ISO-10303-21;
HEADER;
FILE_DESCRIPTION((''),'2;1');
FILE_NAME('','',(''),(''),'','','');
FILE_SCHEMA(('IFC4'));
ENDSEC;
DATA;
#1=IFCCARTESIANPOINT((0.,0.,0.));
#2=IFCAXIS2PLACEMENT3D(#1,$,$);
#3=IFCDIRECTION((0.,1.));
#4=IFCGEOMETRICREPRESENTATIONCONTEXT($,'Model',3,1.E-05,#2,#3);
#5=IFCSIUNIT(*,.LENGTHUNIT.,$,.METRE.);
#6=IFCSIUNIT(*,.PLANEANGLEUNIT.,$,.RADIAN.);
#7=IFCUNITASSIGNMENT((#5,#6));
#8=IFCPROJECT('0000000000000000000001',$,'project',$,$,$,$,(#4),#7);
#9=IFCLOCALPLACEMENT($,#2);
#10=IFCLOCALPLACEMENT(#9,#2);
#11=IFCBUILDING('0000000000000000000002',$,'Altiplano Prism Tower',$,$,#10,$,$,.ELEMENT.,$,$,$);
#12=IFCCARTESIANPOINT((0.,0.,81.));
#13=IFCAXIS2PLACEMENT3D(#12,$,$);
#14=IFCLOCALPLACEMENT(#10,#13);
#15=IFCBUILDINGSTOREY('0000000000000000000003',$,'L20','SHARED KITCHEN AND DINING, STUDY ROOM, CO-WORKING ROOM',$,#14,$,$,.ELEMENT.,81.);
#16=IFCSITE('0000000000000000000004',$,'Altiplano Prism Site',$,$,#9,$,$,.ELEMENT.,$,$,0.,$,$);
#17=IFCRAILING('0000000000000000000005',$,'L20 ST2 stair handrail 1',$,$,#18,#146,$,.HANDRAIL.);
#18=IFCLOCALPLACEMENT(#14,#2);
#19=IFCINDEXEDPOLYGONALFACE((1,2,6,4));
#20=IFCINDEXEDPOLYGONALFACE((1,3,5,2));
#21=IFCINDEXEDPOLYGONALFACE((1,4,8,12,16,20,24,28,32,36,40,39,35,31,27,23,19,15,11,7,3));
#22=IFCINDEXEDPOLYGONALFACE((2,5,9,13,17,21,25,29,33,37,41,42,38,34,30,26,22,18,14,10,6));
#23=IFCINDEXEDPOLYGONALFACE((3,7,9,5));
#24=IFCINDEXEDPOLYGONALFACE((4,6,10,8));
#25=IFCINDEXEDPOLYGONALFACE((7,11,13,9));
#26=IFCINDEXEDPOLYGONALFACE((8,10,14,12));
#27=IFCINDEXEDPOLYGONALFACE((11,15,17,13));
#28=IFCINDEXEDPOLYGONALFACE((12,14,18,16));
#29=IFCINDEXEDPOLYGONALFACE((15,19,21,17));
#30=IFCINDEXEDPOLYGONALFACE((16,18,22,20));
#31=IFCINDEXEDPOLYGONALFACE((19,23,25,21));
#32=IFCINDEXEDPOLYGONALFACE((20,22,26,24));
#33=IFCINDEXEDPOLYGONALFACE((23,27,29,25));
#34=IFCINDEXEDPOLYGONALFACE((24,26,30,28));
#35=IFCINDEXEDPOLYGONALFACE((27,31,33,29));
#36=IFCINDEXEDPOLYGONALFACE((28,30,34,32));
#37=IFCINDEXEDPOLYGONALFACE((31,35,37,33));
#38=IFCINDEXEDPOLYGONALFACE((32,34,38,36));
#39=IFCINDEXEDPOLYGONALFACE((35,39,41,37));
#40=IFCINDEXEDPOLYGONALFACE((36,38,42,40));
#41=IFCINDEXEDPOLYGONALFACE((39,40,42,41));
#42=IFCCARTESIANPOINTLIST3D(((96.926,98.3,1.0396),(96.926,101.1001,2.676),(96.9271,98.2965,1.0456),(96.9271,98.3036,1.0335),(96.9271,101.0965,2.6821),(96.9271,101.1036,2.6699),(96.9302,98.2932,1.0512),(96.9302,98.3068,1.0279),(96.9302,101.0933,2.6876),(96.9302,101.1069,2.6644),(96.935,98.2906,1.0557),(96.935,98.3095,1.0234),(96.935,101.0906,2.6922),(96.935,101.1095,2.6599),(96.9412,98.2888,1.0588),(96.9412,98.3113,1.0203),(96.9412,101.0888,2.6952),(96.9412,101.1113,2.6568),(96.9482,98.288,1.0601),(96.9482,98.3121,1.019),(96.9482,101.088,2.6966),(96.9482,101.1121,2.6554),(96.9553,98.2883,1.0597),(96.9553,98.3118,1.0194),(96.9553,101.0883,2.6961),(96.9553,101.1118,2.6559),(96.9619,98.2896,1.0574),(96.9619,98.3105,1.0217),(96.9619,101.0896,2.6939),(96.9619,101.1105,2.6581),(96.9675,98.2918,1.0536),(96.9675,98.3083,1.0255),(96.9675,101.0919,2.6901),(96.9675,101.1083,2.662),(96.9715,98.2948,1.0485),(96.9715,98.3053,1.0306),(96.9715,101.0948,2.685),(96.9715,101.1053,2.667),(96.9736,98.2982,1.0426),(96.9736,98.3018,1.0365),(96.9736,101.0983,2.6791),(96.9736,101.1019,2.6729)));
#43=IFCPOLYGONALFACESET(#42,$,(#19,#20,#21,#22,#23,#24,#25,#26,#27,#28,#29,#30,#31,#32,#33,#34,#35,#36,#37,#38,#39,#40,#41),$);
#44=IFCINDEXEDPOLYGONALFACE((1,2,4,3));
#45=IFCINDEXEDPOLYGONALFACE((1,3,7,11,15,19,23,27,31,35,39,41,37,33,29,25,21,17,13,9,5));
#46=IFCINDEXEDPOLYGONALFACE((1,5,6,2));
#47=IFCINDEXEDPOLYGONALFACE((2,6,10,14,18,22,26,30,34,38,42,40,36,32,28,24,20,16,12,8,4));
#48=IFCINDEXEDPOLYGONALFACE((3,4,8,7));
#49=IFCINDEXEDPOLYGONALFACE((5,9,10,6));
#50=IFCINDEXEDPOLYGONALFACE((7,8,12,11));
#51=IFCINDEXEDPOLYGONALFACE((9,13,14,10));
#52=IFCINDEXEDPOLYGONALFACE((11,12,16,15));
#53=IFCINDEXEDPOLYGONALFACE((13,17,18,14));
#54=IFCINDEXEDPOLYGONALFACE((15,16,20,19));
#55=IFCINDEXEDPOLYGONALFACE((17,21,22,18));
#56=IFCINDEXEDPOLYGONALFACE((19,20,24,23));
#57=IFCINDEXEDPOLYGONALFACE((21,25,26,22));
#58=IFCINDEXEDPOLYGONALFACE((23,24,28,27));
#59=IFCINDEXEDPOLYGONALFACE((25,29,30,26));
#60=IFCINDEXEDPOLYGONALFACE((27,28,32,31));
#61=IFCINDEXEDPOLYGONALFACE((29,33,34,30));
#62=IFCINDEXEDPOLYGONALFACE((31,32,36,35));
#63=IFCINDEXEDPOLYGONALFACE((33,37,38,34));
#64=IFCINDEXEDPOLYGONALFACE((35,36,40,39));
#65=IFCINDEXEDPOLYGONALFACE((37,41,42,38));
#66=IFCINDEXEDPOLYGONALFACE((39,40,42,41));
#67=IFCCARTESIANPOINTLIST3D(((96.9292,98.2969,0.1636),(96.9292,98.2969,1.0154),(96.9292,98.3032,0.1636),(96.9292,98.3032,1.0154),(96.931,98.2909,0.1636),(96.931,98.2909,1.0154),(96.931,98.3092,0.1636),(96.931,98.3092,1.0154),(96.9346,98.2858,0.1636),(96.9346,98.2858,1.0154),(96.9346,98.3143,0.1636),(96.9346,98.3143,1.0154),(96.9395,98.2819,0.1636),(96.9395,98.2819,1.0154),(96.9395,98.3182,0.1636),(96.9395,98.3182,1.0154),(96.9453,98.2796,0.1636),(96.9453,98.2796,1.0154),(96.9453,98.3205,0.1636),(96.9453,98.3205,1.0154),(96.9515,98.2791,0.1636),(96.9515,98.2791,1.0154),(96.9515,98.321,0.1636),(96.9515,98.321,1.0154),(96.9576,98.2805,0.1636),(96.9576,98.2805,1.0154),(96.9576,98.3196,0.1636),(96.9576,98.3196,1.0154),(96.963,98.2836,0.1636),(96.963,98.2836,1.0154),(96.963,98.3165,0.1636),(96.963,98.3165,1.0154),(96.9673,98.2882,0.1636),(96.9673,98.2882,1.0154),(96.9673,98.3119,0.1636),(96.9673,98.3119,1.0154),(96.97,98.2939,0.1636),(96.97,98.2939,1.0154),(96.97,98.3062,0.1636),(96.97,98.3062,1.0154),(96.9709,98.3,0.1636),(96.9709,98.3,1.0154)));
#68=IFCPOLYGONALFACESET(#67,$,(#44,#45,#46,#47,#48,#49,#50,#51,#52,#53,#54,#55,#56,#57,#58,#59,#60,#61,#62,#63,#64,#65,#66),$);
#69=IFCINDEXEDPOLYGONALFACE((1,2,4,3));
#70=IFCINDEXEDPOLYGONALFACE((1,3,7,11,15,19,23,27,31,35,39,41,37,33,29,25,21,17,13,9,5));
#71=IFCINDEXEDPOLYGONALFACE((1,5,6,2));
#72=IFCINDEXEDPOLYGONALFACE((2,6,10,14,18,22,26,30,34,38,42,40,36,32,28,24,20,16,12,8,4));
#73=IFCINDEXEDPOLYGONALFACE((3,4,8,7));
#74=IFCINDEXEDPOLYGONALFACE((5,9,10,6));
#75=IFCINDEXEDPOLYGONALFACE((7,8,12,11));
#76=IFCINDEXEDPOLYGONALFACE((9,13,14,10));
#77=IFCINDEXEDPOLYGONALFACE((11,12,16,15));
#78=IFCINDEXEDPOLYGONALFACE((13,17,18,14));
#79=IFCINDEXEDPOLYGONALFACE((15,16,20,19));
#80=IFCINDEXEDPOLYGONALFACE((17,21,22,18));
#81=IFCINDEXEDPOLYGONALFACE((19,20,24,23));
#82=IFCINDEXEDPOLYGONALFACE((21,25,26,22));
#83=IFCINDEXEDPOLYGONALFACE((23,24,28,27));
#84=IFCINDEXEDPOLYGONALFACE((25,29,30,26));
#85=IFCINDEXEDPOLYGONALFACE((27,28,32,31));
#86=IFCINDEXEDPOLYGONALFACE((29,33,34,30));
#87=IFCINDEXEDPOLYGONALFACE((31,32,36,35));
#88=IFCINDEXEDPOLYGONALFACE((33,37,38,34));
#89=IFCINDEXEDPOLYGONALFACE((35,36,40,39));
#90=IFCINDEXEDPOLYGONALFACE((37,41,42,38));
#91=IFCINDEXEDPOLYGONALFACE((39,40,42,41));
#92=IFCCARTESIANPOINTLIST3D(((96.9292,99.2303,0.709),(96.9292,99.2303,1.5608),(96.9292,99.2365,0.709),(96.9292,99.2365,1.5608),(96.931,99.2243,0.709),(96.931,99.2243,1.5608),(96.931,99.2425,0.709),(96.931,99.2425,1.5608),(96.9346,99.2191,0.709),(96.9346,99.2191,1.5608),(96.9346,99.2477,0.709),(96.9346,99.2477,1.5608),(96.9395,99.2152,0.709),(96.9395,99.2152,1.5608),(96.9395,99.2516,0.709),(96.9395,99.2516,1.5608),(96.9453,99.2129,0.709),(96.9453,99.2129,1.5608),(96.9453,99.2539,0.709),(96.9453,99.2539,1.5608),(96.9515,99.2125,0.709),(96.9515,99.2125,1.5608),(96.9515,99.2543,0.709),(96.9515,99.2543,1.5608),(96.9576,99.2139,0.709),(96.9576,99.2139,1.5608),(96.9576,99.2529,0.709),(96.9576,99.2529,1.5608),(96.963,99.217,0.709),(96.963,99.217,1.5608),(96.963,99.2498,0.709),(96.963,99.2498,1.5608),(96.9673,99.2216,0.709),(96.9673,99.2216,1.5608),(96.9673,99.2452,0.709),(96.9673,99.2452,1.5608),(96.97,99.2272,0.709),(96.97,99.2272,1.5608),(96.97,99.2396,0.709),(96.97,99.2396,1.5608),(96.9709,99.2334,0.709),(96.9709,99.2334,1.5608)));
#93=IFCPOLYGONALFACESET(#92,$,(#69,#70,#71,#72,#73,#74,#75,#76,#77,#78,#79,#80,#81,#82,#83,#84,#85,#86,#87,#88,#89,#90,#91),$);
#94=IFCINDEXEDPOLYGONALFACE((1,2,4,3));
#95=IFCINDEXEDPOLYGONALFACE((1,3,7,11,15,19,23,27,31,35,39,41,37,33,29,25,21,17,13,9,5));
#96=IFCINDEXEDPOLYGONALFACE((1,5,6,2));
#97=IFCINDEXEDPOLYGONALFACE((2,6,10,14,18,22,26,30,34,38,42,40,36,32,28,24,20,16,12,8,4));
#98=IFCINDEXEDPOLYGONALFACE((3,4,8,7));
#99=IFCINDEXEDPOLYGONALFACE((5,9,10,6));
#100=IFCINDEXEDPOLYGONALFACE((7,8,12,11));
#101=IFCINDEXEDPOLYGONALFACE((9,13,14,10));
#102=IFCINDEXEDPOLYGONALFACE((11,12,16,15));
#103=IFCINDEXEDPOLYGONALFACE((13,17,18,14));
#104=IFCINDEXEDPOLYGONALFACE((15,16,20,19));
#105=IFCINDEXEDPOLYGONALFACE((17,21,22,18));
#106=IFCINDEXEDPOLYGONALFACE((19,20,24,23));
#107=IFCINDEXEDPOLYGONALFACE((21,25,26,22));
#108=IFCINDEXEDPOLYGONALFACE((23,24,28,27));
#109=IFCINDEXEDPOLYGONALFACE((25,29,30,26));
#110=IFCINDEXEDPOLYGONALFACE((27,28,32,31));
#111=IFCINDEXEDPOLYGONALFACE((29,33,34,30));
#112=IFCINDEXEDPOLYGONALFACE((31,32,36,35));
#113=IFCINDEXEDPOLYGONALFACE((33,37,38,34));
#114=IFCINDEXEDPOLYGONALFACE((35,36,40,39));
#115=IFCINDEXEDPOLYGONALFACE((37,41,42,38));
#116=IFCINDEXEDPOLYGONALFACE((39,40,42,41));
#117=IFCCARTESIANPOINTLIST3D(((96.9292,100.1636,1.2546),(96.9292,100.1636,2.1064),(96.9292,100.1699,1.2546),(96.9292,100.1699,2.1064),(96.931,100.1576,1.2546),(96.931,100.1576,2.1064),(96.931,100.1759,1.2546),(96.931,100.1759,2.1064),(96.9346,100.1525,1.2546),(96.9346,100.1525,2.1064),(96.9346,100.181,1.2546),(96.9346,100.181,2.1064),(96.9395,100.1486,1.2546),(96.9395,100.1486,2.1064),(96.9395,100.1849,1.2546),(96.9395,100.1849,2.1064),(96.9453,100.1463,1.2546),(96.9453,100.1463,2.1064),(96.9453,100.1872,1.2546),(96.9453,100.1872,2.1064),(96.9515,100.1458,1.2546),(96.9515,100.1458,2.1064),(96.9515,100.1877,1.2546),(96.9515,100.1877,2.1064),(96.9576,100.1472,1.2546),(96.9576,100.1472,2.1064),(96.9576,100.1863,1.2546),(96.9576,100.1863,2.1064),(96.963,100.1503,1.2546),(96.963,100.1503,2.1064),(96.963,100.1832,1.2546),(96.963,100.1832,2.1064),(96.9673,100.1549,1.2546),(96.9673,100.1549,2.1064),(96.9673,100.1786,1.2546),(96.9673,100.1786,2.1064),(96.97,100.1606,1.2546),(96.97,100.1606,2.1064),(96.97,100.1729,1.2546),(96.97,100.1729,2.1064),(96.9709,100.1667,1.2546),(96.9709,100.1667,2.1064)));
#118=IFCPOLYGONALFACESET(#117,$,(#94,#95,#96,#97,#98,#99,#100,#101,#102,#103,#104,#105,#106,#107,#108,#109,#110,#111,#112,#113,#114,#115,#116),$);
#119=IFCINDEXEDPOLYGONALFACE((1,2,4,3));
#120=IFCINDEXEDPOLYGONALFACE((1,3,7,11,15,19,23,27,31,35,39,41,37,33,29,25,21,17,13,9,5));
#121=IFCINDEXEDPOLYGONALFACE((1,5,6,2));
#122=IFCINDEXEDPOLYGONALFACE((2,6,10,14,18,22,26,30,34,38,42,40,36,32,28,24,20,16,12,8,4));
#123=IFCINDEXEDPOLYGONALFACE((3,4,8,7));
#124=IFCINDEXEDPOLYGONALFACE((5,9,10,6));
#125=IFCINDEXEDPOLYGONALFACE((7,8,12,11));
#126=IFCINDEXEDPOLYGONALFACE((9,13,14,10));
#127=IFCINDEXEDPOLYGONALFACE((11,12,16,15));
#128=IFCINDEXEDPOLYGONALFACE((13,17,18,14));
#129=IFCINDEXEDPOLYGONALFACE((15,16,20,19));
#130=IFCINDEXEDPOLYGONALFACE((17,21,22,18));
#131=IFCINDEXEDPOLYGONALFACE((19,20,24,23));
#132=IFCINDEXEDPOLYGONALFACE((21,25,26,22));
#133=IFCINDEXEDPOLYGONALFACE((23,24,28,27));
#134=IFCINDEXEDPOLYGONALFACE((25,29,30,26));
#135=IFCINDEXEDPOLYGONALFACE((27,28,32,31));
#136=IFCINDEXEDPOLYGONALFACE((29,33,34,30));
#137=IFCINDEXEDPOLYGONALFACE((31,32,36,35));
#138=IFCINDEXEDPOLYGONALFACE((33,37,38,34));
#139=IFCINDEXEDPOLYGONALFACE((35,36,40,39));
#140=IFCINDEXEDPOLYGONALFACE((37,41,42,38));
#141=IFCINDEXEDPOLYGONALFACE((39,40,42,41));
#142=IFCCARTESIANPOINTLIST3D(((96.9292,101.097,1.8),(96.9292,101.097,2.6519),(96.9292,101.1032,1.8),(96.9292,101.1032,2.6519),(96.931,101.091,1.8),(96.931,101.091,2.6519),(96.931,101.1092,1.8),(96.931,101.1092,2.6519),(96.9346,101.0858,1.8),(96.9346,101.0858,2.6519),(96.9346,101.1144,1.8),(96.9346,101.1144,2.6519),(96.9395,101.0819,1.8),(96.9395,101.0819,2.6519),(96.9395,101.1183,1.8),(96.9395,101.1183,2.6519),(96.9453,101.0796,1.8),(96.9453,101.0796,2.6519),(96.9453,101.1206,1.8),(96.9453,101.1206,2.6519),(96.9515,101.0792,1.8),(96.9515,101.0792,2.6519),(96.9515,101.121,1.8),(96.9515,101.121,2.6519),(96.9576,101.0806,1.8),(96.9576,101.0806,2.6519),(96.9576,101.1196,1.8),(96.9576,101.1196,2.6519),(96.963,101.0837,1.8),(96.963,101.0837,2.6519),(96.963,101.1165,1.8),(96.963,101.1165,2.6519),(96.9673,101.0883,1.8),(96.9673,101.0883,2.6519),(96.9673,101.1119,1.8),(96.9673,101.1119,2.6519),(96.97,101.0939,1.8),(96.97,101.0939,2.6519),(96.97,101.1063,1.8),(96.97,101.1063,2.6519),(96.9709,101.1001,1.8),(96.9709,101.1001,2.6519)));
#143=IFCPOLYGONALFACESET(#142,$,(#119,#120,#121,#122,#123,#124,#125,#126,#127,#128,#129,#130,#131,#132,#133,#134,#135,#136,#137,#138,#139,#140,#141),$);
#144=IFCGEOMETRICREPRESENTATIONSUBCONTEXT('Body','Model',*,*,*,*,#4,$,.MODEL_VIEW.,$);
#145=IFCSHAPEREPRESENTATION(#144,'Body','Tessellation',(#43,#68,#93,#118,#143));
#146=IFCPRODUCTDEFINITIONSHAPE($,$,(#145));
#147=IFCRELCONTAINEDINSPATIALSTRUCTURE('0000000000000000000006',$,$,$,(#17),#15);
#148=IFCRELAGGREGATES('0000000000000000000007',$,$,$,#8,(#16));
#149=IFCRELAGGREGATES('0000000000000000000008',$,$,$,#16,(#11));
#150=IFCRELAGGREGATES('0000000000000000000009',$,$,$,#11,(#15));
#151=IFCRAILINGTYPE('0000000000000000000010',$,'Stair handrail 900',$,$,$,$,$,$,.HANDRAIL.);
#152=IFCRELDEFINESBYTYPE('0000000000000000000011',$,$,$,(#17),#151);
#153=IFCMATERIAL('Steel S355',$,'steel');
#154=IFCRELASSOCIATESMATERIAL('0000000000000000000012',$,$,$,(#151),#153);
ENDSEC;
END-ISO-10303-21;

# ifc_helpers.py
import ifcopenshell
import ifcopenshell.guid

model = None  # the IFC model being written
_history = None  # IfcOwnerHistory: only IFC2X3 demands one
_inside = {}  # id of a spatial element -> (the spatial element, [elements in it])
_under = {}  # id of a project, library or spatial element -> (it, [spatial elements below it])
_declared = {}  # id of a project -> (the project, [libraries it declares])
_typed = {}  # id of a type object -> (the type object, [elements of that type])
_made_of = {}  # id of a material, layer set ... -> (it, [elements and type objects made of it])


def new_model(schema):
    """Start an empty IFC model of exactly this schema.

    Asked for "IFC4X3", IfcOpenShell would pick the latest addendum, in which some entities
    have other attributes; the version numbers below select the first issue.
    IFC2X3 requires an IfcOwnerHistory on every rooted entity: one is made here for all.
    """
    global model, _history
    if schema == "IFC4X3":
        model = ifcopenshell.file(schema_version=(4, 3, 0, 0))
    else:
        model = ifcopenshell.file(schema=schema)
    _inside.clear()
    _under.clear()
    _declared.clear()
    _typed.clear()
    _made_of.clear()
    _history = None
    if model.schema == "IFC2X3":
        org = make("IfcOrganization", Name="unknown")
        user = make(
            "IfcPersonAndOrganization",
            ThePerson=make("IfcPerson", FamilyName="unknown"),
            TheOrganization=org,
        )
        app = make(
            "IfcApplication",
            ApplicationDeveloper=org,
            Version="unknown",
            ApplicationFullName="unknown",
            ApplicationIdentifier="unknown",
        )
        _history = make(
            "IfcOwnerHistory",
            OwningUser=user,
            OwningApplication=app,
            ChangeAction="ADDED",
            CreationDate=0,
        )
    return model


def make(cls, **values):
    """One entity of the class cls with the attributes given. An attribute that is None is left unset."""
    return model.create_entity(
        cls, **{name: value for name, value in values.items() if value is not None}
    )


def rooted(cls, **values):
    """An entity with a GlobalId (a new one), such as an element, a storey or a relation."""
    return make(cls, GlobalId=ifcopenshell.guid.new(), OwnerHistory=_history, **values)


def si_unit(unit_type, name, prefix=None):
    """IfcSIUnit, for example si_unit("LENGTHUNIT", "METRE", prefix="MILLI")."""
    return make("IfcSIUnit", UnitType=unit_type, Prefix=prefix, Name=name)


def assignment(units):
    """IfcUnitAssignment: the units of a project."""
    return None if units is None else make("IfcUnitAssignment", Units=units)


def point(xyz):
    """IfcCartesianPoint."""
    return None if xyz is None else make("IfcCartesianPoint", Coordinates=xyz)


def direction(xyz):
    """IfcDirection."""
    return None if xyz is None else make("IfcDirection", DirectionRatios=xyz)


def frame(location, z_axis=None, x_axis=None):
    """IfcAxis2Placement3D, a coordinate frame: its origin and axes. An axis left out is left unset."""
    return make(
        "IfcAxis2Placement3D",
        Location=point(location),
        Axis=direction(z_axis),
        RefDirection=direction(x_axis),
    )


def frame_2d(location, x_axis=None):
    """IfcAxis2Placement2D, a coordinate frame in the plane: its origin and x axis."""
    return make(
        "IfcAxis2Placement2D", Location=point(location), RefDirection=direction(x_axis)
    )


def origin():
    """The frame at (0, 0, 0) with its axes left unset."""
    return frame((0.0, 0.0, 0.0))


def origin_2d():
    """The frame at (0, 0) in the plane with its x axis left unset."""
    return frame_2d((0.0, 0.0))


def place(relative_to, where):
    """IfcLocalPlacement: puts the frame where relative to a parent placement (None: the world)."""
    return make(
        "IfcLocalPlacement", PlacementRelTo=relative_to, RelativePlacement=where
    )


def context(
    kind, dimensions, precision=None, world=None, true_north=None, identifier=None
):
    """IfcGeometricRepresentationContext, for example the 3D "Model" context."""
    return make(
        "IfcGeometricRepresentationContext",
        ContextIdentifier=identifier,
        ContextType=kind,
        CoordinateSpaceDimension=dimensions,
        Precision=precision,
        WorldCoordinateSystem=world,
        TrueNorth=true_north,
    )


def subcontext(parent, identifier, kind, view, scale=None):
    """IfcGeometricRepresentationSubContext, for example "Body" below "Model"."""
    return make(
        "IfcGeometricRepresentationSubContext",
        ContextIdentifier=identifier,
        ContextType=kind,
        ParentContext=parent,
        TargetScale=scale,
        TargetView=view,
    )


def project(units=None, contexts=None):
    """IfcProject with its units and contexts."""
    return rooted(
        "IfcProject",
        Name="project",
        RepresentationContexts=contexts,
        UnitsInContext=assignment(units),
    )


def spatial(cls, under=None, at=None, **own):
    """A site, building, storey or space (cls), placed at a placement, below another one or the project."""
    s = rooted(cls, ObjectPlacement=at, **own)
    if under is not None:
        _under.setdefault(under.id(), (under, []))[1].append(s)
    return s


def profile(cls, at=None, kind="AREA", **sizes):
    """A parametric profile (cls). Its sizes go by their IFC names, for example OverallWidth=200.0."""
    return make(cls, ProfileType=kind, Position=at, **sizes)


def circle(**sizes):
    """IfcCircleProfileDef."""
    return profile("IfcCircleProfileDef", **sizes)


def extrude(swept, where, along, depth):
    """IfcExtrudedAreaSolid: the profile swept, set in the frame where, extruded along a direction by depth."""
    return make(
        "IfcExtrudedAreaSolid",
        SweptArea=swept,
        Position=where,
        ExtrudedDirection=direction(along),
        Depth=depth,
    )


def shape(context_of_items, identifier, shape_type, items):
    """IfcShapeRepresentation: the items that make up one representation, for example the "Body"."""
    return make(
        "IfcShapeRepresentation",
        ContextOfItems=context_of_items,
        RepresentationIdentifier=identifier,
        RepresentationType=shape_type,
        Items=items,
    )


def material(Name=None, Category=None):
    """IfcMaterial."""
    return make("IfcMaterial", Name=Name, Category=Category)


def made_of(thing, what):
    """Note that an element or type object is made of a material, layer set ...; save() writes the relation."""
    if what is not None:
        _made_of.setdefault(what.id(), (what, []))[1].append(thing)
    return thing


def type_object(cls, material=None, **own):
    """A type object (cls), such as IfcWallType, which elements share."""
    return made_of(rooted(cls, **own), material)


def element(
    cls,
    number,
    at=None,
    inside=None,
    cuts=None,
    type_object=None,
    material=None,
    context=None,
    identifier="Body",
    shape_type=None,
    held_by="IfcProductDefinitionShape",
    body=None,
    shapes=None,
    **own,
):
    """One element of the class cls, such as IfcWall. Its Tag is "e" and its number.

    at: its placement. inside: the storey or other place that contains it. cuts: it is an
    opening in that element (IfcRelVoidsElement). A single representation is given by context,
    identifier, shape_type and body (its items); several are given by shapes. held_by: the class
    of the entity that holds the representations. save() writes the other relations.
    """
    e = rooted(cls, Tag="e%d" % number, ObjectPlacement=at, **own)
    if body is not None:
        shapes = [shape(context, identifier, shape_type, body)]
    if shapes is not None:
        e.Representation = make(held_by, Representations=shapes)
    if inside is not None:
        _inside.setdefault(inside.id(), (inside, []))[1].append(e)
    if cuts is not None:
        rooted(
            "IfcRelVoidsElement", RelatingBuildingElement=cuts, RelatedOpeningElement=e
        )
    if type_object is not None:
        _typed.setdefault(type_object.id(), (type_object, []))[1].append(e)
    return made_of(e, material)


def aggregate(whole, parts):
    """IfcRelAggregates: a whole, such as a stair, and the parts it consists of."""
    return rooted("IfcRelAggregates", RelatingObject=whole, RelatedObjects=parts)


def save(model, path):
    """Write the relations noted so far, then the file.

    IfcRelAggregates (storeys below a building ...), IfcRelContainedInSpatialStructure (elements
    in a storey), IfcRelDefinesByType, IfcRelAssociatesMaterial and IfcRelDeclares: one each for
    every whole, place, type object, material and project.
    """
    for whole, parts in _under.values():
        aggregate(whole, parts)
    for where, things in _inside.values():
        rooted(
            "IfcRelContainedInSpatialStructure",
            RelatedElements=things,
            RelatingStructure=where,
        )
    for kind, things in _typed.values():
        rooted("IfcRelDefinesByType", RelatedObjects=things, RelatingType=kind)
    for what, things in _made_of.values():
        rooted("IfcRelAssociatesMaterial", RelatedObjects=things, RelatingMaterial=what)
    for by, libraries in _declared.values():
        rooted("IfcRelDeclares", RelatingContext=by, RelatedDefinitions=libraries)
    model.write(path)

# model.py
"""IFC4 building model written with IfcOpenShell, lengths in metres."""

from ifc_helpers import new_model, si_unit, direction, frame, origin, origin_2d, place, context, subcontext, project, spatial, circle, extrude, material, type_object, element, save


model = new_model("IFC4")

# Units and contexts
model_context = context("Model", 3, precision=1e-05, world=origin(), true_north=direction((0.0, 1.0)))
body_context = subcontext(model_context, "Body", "Model", "MODEL_VIEW")
ifc_project = project(units=[si_unit("LENGTHUNIT", "METRE"), si_unit("PLANEANGLEUNIT", "RADIAN")], contexts=[model_context])

# Site, building, storey
site_placement = place(None, origin())
site = spatial("IfcSite", under=ifc_project, at=site_placement, Name="Altiplano Prism Site", CompositionType="ELEMENT", RefElevation=0.0)
building_placement = place(site_placement, origin())
building = spatial("IfcBuilding", under=site, at=building_placement, Name="Altiplano Prism Tower", CompositionType="ELEMENT")
storey_placement = place(building_placement, frame((0.0, 0.0, 81.0)))
storey = spatial("IfcBuildingStorey", under=building, at=storey_placement, Name="L20", Description="SHARED KITCHEN AND DINING, STUDY ROOM, CO-WORKING ROOM", CompositionType="ELEMENT", Elevation=81.0)

# Railing
ifc_material_1 = material(Name="Steel S355", Category="steel")
railing_type_1 = type_object("IfcRailingType", Name="Stair handrail 900", PredefinedType="HANDRAIL", material=ifc_material_1)
railing_1_placement = place(storey_placement, frame((96.95, 98.3, 0.1636)))
element("IfcRailing", 1, at=railing_1_placement, inside=storey, type_object=railing_type_1, Name="L20 ST2 stair handrail 1", PredefinedType="HANDRAIL", context=body_context, shape_type="SweptSolid", body=[
    extrude(circle(Radius=0.0239, at=origin_2d()), frame((0.0, 0.0, 0.876), z_axis=(0.0, 0.863361, 0.504587), x_axis=(-1.0, 0.0, 0.0)), (0.0, 0.0, 1.0), 3.2432),
    extrude(circle(Radius=0.021, at=origin_2d()), origin(), (0.0, 0.0, 1.0), 0.8518),
    extrude(circle(Radius=0.021, at=origin_2d()), frame((0.0, 0.9333, 0.5454)), (0.0, 0.0, 1.0), 0.8518),
    extrude(circle(Radius=0.021, at=origin_2d()), frame((0.0, 1.8667, 1.0911)), (0.0, 0.0, 1.0), 0.8518),
    extrude(circle(Radius=0.021, at=origin_2d()), frame((0.0, 2.8, 1.6365)), (0.0, 0.0, 1.0), 0.8518),
])

save(model, "model.ifc")
